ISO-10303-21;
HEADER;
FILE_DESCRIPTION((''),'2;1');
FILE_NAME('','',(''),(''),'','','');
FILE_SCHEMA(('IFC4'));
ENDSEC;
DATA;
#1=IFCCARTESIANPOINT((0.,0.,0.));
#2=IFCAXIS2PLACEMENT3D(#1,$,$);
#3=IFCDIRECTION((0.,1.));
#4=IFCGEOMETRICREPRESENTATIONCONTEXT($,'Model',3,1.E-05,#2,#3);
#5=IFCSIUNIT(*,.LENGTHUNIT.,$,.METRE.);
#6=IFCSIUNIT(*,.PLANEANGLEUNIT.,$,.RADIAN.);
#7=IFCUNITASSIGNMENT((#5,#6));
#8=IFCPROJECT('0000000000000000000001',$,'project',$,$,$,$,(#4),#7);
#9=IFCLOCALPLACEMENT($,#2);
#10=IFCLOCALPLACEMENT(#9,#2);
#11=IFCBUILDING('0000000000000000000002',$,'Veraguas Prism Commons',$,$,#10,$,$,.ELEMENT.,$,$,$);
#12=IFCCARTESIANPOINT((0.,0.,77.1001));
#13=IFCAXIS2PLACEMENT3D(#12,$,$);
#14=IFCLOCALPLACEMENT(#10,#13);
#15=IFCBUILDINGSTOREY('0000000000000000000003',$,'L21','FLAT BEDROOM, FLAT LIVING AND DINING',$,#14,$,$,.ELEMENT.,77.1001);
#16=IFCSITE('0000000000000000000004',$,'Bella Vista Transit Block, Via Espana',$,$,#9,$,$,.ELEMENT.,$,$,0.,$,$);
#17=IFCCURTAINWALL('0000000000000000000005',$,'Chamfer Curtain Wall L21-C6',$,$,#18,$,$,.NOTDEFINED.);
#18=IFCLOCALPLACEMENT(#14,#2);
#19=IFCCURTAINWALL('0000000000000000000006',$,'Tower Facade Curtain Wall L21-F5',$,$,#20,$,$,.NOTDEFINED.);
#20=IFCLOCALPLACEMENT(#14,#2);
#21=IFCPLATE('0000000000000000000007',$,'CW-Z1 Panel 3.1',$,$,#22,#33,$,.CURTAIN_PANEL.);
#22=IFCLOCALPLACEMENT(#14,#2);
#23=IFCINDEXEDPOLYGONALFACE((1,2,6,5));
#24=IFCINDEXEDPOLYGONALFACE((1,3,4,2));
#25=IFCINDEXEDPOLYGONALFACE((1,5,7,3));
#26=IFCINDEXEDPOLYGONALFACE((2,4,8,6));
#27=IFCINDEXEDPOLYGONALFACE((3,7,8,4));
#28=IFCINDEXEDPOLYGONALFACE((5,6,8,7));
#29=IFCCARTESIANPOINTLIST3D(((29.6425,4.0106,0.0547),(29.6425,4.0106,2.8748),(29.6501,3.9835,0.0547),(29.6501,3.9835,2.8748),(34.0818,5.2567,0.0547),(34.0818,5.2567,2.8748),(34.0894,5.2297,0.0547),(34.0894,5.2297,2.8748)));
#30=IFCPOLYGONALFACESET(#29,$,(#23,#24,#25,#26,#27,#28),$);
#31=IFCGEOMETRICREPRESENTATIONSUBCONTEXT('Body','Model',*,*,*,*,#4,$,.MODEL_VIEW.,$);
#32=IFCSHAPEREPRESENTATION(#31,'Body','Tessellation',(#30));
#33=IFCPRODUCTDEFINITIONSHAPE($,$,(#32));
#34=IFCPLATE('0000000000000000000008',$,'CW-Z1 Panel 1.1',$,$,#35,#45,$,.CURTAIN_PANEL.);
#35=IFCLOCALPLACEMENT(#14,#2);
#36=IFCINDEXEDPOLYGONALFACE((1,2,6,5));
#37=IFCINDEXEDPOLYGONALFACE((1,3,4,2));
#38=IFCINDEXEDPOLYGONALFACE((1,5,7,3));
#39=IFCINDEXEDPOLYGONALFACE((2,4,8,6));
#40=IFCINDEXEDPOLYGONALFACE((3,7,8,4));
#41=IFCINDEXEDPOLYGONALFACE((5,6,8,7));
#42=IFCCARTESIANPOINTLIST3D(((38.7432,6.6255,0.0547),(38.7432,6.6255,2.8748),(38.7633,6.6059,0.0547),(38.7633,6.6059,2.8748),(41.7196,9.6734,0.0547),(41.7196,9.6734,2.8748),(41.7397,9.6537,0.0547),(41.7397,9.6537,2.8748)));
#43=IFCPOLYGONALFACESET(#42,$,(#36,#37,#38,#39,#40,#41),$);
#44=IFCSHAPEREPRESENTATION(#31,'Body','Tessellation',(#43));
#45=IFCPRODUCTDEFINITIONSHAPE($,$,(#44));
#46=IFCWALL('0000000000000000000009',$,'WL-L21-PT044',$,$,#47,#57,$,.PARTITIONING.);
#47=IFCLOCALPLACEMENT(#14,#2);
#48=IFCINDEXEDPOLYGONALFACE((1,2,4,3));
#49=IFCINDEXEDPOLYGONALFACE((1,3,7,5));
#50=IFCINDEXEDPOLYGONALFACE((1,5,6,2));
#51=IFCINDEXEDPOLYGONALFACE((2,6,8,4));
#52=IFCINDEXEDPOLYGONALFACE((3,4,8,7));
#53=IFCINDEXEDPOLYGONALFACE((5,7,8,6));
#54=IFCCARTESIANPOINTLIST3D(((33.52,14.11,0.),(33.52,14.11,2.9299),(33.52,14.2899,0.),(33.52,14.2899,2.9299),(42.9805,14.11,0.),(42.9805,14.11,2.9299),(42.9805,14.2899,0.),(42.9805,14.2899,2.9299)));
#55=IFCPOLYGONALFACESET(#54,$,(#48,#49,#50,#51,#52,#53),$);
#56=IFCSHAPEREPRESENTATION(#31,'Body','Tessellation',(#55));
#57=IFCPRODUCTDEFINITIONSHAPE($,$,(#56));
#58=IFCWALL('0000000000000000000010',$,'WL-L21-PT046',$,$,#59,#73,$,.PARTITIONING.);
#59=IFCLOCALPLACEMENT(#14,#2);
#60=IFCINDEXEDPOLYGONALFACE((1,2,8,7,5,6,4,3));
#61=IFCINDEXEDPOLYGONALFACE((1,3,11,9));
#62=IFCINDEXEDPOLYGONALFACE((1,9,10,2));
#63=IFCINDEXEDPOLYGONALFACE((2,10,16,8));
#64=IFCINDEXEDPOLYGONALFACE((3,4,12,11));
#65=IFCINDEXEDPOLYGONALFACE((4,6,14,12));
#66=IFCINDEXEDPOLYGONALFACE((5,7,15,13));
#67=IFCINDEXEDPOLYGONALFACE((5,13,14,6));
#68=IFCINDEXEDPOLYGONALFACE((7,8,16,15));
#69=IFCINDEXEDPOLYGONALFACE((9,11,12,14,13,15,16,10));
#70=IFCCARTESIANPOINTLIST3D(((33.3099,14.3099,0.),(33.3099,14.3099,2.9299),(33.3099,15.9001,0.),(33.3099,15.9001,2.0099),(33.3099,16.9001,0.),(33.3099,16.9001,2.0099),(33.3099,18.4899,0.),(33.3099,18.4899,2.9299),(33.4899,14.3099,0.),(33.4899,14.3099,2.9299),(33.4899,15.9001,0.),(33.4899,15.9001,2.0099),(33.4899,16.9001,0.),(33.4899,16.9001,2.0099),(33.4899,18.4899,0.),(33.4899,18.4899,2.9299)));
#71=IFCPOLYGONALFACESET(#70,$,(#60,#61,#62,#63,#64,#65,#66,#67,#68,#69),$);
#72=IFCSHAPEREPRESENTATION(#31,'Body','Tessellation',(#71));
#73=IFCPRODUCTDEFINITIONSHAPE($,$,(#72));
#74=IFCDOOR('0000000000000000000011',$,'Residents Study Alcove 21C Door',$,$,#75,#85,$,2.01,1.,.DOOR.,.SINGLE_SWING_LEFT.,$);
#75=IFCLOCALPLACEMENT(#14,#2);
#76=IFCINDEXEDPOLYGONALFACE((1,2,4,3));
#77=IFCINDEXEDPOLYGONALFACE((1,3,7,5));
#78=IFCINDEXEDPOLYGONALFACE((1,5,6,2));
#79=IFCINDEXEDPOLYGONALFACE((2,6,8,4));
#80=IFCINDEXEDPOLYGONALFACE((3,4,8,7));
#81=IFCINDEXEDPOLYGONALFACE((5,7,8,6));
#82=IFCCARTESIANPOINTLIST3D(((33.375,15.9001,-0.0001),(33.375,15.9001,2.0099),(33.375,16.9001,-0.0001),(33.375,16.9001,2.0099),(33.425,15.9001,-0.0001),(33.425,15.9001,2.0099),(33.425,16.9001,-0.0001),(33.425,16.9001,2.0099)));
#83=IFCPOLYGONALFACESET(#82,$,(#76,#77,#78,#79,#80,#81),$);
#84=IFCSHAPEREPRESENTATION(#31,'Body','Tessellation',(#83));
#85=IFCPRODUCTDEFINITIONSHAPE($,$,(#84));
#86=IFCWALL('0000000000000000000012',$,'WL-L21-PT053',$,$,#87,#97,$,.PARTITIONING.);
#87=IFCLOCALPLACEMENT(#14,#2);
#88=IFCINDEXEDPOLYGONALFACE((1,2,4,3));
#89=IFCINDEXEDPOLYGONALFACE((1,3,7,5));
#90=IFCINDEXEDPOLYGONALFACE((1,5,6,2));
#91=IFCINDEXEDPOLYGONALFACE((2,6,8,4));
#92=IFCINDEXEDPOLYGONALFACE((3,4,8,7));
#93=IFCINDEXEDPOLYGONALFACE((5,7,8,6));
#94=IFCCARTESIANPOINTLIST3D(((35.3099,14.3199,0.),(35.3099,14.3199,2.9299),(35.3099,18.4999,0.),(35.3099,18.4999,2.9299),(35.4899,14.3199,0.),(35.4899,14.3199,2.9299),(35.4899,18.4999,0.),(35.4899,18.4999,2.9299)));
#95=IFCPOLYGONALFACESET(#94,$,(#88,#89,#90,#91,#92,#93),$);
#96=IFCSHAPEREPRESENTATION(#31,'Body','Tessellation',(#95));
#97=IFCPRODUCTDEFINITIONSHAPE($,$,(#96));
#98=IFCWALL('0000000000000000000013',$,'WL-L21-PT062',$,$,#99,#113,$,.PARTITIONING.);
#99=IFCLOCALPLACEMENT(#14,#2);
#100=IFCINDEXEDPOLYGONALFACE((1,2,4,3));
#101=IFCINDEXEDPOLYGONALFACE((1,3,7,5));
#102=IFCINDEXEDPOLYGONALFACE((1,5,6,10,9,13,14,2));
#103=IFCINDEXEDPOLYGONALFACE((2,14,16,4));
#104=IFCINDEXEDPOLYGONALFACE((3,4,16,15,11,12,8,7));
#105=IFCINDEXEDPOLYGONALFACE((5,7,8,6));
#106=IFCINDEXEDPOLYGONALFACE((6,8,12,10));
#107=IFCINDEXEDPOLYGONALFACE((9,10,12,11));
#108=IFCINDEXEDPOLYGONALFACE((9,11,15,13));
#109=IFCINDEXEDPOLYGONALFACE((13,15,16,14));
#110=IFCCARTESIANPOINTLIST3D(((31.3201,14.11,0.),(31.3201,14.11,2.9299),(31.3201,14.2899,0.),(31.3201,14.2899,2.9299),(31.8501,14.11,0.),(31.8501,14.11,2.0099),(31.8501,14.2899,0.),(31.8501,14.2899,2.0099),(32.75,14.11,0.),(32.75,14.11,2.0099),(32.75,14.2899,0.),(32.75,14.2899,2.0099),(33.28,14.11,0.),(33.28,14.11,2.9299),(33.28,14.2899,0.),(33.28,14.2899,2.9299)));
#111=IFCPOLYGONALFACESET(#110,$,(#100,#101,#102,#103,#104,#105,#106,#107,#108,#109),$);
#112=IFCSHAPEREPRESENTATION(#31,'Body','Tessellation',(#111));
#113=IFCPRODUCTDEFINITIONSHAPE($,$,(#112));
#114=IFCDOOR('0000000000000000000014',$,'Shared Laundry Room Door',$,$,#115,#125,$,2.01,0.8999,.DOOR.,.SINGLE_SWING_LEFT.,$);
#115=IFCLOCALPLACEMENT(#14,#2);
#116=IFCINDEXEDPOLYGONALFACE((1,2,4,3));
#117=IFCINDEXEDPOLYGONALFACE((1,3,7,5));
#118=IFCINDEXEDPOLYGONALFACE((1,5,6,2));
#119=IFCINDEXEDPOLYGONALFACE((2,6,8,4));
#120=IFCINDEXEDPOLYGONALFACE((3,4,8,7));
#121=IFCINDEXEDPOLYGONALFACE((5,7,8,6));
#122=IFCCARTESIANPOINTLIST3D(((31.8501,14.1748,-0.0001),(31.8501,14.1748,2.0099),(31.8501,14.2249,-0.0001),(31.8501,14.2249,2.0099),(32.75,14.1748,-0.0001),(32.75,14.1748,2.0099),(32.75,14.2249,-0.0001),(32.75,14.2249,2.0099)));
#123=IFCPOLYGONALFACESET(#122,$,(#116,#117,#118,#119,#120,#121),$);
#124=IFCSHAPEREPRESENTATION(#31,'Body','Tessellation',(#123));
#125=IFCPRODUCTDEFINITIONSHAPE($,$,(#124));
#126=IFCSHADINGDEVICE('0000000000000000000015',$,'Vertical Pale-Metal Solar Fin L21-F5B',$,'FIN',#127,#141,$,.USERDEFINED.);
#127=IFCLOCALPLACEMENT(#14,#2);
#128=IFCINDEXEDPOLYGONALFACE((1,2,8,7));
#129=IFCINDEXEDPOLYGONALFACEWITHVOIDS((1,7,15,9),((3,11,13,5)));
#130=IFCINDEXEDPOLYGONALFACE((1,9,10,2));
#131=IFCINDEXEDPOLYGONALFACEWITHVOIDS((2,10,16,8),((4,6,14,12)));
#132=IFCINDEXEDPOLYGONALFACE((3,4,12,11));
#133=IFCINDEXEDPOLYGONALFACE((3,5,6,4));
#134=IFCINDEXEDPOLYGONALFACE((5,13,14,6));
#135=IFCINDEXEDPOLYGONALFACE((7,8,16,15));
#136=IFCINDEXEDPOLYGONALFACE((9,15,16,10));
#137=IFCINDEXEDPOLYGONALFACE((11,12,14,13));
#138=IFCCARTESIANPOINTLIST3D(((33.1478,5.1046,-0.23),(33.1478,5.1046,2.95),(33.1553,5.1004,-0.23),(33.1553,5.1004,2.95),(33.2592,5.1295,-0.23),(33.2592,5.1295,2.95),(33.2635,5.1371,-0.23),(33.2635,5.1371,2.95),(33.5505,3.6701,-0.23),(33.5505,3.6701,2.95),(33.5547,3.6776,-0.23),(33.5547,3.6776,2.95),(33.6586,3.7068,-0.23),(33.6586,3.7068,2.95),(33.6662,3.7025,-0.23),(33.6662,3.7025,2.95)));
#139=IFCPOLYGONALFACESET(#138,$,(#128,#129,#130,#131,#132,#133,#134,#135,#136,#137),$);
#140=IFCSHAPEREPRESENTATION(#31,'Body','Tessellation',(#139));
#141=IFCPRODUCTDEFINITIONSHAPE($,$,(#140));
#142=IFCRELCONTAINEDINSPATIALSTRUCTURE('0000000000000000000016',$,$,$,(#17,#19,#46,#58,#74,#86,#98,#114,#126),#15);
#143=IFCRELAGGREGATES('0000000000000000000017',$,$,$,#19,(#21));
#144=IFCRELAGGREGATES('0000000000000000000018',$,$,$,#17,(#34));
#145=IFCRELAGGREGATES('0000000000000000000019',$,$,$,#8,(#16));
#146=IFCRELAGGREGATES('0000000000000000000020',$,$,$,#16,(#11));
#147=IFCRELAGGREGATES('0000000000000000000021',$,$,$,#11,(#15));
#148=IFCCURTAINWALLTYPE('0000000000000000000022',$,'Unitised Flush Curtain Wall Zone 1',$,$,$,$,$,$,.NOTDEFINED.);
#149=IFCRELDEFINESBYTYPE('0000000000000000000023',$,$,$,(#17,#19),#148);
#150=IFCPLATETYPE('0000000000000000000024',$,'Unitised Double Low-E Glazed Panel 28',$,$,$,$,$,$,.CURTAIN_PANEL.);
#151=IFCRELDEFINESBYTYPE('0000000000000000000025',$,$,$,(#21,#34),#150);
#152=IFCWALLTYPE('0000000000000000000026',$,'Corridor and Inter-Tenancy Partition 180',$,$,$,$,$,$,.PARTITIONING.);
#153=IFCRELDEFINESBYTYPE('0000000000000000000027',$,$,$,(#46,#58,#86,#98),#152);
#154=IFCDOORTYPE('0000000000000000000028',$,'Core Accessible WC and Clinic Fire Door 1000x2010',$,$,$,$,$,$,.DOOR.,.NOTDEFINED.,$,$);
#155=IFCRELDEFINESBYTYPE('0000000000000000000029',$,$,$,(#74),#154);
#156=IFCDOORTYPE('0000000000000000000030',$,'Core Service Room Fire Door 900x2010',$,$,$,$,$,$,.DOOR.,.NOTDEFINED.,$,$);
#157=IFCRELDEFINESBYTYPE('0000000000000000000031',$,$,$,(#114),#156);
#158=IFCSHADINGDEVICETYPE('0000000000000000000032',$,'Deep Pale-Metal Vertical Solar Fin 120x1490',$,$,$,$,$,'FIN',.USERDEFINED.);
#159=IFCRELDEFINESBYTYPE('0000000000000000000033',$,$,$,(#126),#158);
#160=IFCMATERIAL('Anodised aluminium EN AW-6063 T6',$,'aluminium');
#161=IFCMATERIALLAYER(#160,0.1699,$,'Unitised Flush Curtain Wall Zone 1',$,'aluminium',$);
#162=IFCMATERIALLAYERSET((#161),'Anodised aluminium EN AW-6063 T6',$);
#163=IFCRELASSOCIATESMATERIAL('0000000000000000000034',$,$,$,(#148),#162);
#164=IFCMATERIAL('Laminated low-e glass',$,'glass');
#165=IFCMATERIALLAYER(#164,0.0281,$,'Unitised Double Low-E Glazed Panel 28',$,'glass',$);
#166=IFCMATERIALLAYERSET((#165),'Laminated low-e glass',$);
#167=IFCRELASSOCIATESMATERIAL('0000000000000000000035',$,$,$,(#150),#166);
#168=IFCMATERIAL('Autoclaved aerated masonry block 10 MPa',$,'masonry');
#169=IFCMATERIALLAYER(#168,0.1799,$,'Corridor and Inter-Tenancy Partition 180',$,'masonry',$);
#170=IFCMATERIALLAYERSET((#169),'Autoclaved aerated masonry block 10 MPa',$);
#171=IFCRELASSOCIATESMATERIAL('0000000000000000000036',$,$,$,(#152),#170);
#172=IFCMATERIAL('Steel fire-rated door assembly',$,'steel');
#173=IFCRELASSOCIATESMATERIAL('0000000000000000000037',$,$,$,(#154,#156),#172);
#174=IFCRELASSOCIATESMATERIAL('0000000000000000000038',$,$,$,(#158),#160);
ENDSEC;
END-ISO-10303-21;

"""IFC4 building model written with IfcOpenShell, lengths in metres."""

from ifc_helpers import new_model, si_unit, direction, frame, frame_2d, origin, origin_2d, place, context, subcontext, project, spatial, rectangle, hollow_rectangle, extrude, source, transform, mapped, material, layer, layer_set, material_profile, profile_set, type_object, element, fill, aggregate, save


model = new_model("IFC4")

# Units and contexts
model_context = context("Model", 3, precision=1e-05, world=origin(), true_north=direction((0.0, 1.0)))
body_context = subcontext(model_context, "Body", "Model", "MODEL_VIEW")
ifc_project = project(units=[si_unit("LENGTHUNIT", "METRE"), si_unit("PLANEANGLEUNIT", "RADIAN")], contexts=[model_context])

# Site, building, storey
site_placement = place(None, origin())
site = spatial("IfcSite", under=ifc_project, at=site_placement, Name="Bella Vista Transit Block, Via Espana", CompositionType="ELEMENT", RefElevation=0.0)
building_placement = place(site_placement, origin())
building = spatial("IfcBuilding", under=site, at=building_placement, Name="Veraguas Prism Commons", CompositionType="ELEMENT")
storey_placement = place(building_placement, frame((0.0, 0.0, 77.1001)))
storey = spatial("IfcBuildingStorey", under=building, at=storey_placement, Name="L21", Description="FLAT BEDROOM, FLAT LIVING AND DINING", CompositionType="ELEMENT", Elevation=77.1001)

# Curtain walls
ifc_material_1 = material(Name="Anodised aluminium EN AW-6063 T6", Category="aluminium")
ifc_layer_1 = layer(ifc_material_1, 0.1699, Name="Unitised Flush Curtain Wall Zone 1", Category="aluminium")
ifc_layer_set_1 = layer_set([ifc_layer_1], Name="Anodised aluminium EN AW-6063 T6")
curtain_wall_type = type_object("IfcCurtainWallType", Name="Unitised Flush Curtain Wall Zone 1", PredefinedType="NOTDEFINED", material=ifc_layer_set_1)
curtain_wall_1_placement = place(storey_placement, origin())
curtain_wall_1 = element("IfcCurtainWall", 1, at=curtain_wall_1_placement, inside=storey, type_object=curtain_wall_type, Name="Chamfer Curtain Wall L21-C6", PredefinedType="NOTDEFINED")
curtain_wall_2_placement = place(storey_placement, origin())
curtain_wall_2 = element("IfcCurtainWall", 2, at=curtain_wall_2_placement, inside=storey, type_object=curtain_wall_type, Name="Tower Facade Curtain Wall L21-F5", PredefinedType="NOTDEFINED")

# Plates
ifc_material_2 = material(Name="Laminated low-e glass", Category="glass")
ifc_layer_2 = layer(ifc_material_2, 0.0281, Name="Unitised Double Low-E Glazed Panel 28", Category="glass")
ifc_layer_set_2 = layer_set([ifc_layer_2], Name="Laminated low-e glass")
plate_type = type_object("IfcPlateType", Name="Unitised Double Low-E Glazed Panel 28", PredefinedType="CURTAIN_PANEL", material=ifc_layer_set_2)
shared_shape_1 = source(origin(), body_context, "Body", "SweptSolid", [
    extrude(rectangle(XDim=4.6108, YDim=0.0281, at=origin_2d()), origin(), (0.0, 0.0, 1.0), 2.8201),
])
plate_1_placement = place(storey_placement, frame((31.866, 4.6201, 0.0547), z_axis=(0.0, 0.0, 1.0), x_axis=(0.962786, 0.270266, 0.0)))
plate_1 = element("IfcPlate", 3, at=plate_1_placement, type_object=plate_type, Name="CW-Z1 Panel 3.1", PredefinedType="CURTAIN_PANEL", context=body_context, shape_type="MappedRepresentation", body=[
    mapped(shared_shape_1, transform((0.0, 0.0, 0.0), scale=1.0)),
])
aggregate(curtain_wall_2, [plate_1])
shared_shape_2 = source(origin(), body_context, "Body", "SweptSolid", [
    extrude(rectangle(XDim=4.26, YDim=0.0281, at=origin_2d()), origin(), (0.0, 0.0, 1.0), 2.8201),
])
plate_2_placement = place(storey_placement, frame((40.2415, 8.1396, 0.0547), z_axis=(0.0, 0.0, 1.0), x_axis=(0.698666, 0.715448, 0.0)))
plate_2 = element("IfcPlate", 4, at=plate_2_placement, type_object=plate_type, Name="CW-Z1 Panel 1.1", PredefinedType="CURTAIN_PANEL", context=body_context, shape_type="MappedRepresentation", body=[
    mapped(shared_shape_2, transform((0.0, 0.0, 0.0), scale=1.0)),
])
aggregate(curtain_wall_1, [plate_2])

# Wall
ifc_material_3 = material(Name="Autoclaved aerated masonry block 10 MPa", Category="masonry")
ifc_layer_3 = layer(ifc_material_3, 0.1799, Name="Corridor and Inter-Tenancy Partition 180", Category="masonry")
ifc_layer_set_3 = layer_set([ifc_layer_3], Name="Autoclaved aerated masonry block 10 MPa")
wall_type = type_object("IfcWallType", Name="Corridor and Inter-Tenancy Partition 180", PredefinedType="PARTITIONING", material=ifc_layer_set_3)
wall_1_placement = place(storey_placement, frame((33.52, 14.2, 0.0), z_axis=(0.0, 0.0, 1.0), x_axis=(1.0, 0.0, 0.0)))
element("IfcWall", 5, at=wall_1_placement, inside=storey, type_object=wall_type, Name="WL-L21-PT044", PredefinedType="PARTITIONING", context=body_context, shape_type="SweptSolid", body=[
    extrude(rectangle(XDim=9.4604, YDim=0.1799, at=frame_2d((4.7302, 0.0))), origin(), (0.0, 0.0, 1.0), 2.9299),
])

# Wall, opening, door
wall_2_placement = place(storey_placement, frame((33.3999, 14.3101, 0.0), z_axis=(0.0, 0.0, 1.0), x_axis=(0.0, 1.0, 0.0)))
wall_2 = element("IfcWall", 6, at=wall_2_placement, inside=storey, type_object=wall_type, Name="WL-L21-PT046", PredefinedType="PARTITIONING", context=body_context, shape_type="SweptSolid", body=[
    extrude(rectangle(XDim=4.1799, YDim=0.1799, at=frame_2d((2.0898, 0.0))), origin(), (0.0, 0.0, 1.0), 2.9299),
])
opening_1_placement = place(wall_2_placement, frame((1.5901, 0.0, 0.0)))
opening_1 = element("IfcOpeningElement", 7, at=opening_1_placement, cuts=wall_2, PredefinedType="OPENING", context=body_context, shape_type="SweptSolid", body=[
    extrude(rectangle(XDim=1.0, YDim=2.01, at=frame_2d((0.5, 1.0049))), frame((0.0, 0.0999, 0.0), z_axis=(0.0, -1.0, 0.0), x_axis=(1.0, 0.0, 0.0)), (0.0, 0.0, 1.0), 0.2),
])
ifc_material_4 = material(Name="Steel fire-rated door assembly", Category="steel")
door_type_1 = type_object("IfcDoorType", Name="Core Accessible WC and Clinic Fire Door 1000x2010", OperationType="NOTDEFINED", PredefinedType="DOOR", material=ifc_material_4)
shared_shape_3 = source(origin(), body_context, "Body", "SweptSolid", [
    extrude(rectangle(XDim=1.0, YDim=2.01, at=frame_2d((0.5, 1.0049))), frame((0.0, 0.0249, 0.0), z_axis=(0.0, -1.0, 0.0), x_axis=(1.0, 0.0, 0.0)), (0.0, 0.0, 1.0), 0.05),
])
door_1_placement = place(opening_1_placement, origin())
door_1 = element("IfcDoor", 8, at=door_1_placement, inside=storey, type_object=door_type_1, Name="Residents Study Alcove 21C Door", OperationType="SINGLE_SWING_LEFT", OverallHeight=2.01, OverallWidth=1.0, PredefinedType="DOOR", context=body_context, shape_type="MappedRepresentation", body=[
    mapped(shared_shape_3, transform((0.0, 0.0, 0.0), scale=1.0)),
])
fill(opening_1, door_1)

# Wall
wall_3_placement = place(storey_placement, frame((35.3999, 14.3201, 0.0), z_axis=(0.0, 0.0, 1.0), x_axis=(0.0, 1.0, 0.0)))
element("IfcWall", 9, at=wall_3_placement, inside=storey, type_object=wall_type, Name="WL-L21-PT053", PredefinedType="PARTITIONING", context=body_context, shape_type="SweptSolid", body=[
    extrude(rectangle(XDim=4.1799, YDim=0.1799, at=frame_2d((2.0898, 0.0))), origin(), (0.0, 0.0, 1.0), 2.9299),
])

# Wall, opening, door
wall_4_placement = place(storey_placement, frame((31.3201, 14.2, 0.0), z_axis=(0.0, 0.0, 1.0), x_axis=(1.0, 0.0, 0.0)))
wall_4 = element("IfcWall", 10, at=wall_4_placement, inside=storey, type_object=wall_type, Name="WL-L21-PT062", PredefinedType="PARTITIONING", context=body_context, shape_type="SweptSolid", body=[
    extrude(rectangle(XDim=1.96, YDim=0.1799, at=frame_2d((0.98, 0.0))), origin(), (0.0, 0.0, 1.0), 2.9299),
])
opening_2_placement = place(wall_4_placement, frame((0.53, 0.0, 0.0)))
opening_2 = element("IfcOpeningElement", 11, at=opening_2_placement, cuts=wall_4, PredefinedType="OPENING", context=body_context, shape_type="SweptSolid", body=[
    extrude(rectangle(XDim=0.8999, YDim=2.01, at=frame_2d((0.45, 1.0049))), frame((0.0, 0.0999, 0.0), z_axis=(0.0, -1.0, 0.0), x_axis=(1.0, 0.0, 0.0)), (0.0, 0.0, 1.0), 0.2),
])
door_type_2 = type_object("IfcDoorType", Name="Core Service Room Fire Door 900x2010", OperationType="NOTDEFINED", PredefinedType="DOOR", material=ifc_material_4)
shared_shape_4 = source(origin(), body_context, "Body", "SweptSolid", [
    extrude(rectangle(XDim=0.8999, YDim=2.01, at=frame_2d((0.45, 1.0049))), frame((0.0, 0.0249, 0.0), z_axis=(0.0, -1.0, 0.0), x_axis=(1.0, 0.0, 0.0)), (0.0, 0.0, 1.0), 0.05),
])
door_2_placement = place(opening_2_placement, origin())
door_2 = element("IfcDoor", 12, at=door_2_placement, inside=storey, type_object=door_type_2, Name="Shared Laundry Room Door", OperationType="SINGLE_SWING_LEFT", OverallHeight=2.01, OverallWidth=0.8999, PredefinedType="DOOR", context=body_context, shape_type="MappedRepresentation", body=[
    mapped(shared_shape_4, transform((0.0, 0.0, 0.0), scale=1.0)),
])
fill(opening_2, door_2)

# Shading device
ifc_material_profile_1 = material_profile(ifc_material_1, hollow_rectangle(XDim=0.1201, YDim=1.49, WallThickness=0.0061, at=origin_2d()), Name="FIN120X1490X6")
ifc_profile_set_1 = profile_set([ifc_material_profile_1], Name="Anodised aluminium EN AW-6063 T6")
shading_device_type = type_object("IfcShadingDeviceType", Name="Deep Pale-Metal Vertical Solar Fin 120x1490", ElementType="FIN", PredefinedType="USERDEFINED", material=ifc_profile_set_1)
shading_device_placement = place(storey_placement, frame((33.407, 4.4036, -0.23), z_axis=(0.0, 0.0, 1.0), x_axis=(0.962786, 0.270264, 0.0)))
element("IfcShadingDevice", 13, at=shading_device_placement, inside=storey, type_object=shading_device_type, Name="Vertical Pale-Metal Solar Fin L21-F5B", ObjectType="FIN", PredefinedType="USERDEFINED", context=body_context, shape_type="SweptSolid", body=[
    extrude(hollow_rectangle(XDim=0.1201, YDim=1.49, WallThickness=0.0061, at=origin_2d()), origin(), (0.0, 0.0, 1.0), 3.1799),
])

save(model, "model.ifc")
